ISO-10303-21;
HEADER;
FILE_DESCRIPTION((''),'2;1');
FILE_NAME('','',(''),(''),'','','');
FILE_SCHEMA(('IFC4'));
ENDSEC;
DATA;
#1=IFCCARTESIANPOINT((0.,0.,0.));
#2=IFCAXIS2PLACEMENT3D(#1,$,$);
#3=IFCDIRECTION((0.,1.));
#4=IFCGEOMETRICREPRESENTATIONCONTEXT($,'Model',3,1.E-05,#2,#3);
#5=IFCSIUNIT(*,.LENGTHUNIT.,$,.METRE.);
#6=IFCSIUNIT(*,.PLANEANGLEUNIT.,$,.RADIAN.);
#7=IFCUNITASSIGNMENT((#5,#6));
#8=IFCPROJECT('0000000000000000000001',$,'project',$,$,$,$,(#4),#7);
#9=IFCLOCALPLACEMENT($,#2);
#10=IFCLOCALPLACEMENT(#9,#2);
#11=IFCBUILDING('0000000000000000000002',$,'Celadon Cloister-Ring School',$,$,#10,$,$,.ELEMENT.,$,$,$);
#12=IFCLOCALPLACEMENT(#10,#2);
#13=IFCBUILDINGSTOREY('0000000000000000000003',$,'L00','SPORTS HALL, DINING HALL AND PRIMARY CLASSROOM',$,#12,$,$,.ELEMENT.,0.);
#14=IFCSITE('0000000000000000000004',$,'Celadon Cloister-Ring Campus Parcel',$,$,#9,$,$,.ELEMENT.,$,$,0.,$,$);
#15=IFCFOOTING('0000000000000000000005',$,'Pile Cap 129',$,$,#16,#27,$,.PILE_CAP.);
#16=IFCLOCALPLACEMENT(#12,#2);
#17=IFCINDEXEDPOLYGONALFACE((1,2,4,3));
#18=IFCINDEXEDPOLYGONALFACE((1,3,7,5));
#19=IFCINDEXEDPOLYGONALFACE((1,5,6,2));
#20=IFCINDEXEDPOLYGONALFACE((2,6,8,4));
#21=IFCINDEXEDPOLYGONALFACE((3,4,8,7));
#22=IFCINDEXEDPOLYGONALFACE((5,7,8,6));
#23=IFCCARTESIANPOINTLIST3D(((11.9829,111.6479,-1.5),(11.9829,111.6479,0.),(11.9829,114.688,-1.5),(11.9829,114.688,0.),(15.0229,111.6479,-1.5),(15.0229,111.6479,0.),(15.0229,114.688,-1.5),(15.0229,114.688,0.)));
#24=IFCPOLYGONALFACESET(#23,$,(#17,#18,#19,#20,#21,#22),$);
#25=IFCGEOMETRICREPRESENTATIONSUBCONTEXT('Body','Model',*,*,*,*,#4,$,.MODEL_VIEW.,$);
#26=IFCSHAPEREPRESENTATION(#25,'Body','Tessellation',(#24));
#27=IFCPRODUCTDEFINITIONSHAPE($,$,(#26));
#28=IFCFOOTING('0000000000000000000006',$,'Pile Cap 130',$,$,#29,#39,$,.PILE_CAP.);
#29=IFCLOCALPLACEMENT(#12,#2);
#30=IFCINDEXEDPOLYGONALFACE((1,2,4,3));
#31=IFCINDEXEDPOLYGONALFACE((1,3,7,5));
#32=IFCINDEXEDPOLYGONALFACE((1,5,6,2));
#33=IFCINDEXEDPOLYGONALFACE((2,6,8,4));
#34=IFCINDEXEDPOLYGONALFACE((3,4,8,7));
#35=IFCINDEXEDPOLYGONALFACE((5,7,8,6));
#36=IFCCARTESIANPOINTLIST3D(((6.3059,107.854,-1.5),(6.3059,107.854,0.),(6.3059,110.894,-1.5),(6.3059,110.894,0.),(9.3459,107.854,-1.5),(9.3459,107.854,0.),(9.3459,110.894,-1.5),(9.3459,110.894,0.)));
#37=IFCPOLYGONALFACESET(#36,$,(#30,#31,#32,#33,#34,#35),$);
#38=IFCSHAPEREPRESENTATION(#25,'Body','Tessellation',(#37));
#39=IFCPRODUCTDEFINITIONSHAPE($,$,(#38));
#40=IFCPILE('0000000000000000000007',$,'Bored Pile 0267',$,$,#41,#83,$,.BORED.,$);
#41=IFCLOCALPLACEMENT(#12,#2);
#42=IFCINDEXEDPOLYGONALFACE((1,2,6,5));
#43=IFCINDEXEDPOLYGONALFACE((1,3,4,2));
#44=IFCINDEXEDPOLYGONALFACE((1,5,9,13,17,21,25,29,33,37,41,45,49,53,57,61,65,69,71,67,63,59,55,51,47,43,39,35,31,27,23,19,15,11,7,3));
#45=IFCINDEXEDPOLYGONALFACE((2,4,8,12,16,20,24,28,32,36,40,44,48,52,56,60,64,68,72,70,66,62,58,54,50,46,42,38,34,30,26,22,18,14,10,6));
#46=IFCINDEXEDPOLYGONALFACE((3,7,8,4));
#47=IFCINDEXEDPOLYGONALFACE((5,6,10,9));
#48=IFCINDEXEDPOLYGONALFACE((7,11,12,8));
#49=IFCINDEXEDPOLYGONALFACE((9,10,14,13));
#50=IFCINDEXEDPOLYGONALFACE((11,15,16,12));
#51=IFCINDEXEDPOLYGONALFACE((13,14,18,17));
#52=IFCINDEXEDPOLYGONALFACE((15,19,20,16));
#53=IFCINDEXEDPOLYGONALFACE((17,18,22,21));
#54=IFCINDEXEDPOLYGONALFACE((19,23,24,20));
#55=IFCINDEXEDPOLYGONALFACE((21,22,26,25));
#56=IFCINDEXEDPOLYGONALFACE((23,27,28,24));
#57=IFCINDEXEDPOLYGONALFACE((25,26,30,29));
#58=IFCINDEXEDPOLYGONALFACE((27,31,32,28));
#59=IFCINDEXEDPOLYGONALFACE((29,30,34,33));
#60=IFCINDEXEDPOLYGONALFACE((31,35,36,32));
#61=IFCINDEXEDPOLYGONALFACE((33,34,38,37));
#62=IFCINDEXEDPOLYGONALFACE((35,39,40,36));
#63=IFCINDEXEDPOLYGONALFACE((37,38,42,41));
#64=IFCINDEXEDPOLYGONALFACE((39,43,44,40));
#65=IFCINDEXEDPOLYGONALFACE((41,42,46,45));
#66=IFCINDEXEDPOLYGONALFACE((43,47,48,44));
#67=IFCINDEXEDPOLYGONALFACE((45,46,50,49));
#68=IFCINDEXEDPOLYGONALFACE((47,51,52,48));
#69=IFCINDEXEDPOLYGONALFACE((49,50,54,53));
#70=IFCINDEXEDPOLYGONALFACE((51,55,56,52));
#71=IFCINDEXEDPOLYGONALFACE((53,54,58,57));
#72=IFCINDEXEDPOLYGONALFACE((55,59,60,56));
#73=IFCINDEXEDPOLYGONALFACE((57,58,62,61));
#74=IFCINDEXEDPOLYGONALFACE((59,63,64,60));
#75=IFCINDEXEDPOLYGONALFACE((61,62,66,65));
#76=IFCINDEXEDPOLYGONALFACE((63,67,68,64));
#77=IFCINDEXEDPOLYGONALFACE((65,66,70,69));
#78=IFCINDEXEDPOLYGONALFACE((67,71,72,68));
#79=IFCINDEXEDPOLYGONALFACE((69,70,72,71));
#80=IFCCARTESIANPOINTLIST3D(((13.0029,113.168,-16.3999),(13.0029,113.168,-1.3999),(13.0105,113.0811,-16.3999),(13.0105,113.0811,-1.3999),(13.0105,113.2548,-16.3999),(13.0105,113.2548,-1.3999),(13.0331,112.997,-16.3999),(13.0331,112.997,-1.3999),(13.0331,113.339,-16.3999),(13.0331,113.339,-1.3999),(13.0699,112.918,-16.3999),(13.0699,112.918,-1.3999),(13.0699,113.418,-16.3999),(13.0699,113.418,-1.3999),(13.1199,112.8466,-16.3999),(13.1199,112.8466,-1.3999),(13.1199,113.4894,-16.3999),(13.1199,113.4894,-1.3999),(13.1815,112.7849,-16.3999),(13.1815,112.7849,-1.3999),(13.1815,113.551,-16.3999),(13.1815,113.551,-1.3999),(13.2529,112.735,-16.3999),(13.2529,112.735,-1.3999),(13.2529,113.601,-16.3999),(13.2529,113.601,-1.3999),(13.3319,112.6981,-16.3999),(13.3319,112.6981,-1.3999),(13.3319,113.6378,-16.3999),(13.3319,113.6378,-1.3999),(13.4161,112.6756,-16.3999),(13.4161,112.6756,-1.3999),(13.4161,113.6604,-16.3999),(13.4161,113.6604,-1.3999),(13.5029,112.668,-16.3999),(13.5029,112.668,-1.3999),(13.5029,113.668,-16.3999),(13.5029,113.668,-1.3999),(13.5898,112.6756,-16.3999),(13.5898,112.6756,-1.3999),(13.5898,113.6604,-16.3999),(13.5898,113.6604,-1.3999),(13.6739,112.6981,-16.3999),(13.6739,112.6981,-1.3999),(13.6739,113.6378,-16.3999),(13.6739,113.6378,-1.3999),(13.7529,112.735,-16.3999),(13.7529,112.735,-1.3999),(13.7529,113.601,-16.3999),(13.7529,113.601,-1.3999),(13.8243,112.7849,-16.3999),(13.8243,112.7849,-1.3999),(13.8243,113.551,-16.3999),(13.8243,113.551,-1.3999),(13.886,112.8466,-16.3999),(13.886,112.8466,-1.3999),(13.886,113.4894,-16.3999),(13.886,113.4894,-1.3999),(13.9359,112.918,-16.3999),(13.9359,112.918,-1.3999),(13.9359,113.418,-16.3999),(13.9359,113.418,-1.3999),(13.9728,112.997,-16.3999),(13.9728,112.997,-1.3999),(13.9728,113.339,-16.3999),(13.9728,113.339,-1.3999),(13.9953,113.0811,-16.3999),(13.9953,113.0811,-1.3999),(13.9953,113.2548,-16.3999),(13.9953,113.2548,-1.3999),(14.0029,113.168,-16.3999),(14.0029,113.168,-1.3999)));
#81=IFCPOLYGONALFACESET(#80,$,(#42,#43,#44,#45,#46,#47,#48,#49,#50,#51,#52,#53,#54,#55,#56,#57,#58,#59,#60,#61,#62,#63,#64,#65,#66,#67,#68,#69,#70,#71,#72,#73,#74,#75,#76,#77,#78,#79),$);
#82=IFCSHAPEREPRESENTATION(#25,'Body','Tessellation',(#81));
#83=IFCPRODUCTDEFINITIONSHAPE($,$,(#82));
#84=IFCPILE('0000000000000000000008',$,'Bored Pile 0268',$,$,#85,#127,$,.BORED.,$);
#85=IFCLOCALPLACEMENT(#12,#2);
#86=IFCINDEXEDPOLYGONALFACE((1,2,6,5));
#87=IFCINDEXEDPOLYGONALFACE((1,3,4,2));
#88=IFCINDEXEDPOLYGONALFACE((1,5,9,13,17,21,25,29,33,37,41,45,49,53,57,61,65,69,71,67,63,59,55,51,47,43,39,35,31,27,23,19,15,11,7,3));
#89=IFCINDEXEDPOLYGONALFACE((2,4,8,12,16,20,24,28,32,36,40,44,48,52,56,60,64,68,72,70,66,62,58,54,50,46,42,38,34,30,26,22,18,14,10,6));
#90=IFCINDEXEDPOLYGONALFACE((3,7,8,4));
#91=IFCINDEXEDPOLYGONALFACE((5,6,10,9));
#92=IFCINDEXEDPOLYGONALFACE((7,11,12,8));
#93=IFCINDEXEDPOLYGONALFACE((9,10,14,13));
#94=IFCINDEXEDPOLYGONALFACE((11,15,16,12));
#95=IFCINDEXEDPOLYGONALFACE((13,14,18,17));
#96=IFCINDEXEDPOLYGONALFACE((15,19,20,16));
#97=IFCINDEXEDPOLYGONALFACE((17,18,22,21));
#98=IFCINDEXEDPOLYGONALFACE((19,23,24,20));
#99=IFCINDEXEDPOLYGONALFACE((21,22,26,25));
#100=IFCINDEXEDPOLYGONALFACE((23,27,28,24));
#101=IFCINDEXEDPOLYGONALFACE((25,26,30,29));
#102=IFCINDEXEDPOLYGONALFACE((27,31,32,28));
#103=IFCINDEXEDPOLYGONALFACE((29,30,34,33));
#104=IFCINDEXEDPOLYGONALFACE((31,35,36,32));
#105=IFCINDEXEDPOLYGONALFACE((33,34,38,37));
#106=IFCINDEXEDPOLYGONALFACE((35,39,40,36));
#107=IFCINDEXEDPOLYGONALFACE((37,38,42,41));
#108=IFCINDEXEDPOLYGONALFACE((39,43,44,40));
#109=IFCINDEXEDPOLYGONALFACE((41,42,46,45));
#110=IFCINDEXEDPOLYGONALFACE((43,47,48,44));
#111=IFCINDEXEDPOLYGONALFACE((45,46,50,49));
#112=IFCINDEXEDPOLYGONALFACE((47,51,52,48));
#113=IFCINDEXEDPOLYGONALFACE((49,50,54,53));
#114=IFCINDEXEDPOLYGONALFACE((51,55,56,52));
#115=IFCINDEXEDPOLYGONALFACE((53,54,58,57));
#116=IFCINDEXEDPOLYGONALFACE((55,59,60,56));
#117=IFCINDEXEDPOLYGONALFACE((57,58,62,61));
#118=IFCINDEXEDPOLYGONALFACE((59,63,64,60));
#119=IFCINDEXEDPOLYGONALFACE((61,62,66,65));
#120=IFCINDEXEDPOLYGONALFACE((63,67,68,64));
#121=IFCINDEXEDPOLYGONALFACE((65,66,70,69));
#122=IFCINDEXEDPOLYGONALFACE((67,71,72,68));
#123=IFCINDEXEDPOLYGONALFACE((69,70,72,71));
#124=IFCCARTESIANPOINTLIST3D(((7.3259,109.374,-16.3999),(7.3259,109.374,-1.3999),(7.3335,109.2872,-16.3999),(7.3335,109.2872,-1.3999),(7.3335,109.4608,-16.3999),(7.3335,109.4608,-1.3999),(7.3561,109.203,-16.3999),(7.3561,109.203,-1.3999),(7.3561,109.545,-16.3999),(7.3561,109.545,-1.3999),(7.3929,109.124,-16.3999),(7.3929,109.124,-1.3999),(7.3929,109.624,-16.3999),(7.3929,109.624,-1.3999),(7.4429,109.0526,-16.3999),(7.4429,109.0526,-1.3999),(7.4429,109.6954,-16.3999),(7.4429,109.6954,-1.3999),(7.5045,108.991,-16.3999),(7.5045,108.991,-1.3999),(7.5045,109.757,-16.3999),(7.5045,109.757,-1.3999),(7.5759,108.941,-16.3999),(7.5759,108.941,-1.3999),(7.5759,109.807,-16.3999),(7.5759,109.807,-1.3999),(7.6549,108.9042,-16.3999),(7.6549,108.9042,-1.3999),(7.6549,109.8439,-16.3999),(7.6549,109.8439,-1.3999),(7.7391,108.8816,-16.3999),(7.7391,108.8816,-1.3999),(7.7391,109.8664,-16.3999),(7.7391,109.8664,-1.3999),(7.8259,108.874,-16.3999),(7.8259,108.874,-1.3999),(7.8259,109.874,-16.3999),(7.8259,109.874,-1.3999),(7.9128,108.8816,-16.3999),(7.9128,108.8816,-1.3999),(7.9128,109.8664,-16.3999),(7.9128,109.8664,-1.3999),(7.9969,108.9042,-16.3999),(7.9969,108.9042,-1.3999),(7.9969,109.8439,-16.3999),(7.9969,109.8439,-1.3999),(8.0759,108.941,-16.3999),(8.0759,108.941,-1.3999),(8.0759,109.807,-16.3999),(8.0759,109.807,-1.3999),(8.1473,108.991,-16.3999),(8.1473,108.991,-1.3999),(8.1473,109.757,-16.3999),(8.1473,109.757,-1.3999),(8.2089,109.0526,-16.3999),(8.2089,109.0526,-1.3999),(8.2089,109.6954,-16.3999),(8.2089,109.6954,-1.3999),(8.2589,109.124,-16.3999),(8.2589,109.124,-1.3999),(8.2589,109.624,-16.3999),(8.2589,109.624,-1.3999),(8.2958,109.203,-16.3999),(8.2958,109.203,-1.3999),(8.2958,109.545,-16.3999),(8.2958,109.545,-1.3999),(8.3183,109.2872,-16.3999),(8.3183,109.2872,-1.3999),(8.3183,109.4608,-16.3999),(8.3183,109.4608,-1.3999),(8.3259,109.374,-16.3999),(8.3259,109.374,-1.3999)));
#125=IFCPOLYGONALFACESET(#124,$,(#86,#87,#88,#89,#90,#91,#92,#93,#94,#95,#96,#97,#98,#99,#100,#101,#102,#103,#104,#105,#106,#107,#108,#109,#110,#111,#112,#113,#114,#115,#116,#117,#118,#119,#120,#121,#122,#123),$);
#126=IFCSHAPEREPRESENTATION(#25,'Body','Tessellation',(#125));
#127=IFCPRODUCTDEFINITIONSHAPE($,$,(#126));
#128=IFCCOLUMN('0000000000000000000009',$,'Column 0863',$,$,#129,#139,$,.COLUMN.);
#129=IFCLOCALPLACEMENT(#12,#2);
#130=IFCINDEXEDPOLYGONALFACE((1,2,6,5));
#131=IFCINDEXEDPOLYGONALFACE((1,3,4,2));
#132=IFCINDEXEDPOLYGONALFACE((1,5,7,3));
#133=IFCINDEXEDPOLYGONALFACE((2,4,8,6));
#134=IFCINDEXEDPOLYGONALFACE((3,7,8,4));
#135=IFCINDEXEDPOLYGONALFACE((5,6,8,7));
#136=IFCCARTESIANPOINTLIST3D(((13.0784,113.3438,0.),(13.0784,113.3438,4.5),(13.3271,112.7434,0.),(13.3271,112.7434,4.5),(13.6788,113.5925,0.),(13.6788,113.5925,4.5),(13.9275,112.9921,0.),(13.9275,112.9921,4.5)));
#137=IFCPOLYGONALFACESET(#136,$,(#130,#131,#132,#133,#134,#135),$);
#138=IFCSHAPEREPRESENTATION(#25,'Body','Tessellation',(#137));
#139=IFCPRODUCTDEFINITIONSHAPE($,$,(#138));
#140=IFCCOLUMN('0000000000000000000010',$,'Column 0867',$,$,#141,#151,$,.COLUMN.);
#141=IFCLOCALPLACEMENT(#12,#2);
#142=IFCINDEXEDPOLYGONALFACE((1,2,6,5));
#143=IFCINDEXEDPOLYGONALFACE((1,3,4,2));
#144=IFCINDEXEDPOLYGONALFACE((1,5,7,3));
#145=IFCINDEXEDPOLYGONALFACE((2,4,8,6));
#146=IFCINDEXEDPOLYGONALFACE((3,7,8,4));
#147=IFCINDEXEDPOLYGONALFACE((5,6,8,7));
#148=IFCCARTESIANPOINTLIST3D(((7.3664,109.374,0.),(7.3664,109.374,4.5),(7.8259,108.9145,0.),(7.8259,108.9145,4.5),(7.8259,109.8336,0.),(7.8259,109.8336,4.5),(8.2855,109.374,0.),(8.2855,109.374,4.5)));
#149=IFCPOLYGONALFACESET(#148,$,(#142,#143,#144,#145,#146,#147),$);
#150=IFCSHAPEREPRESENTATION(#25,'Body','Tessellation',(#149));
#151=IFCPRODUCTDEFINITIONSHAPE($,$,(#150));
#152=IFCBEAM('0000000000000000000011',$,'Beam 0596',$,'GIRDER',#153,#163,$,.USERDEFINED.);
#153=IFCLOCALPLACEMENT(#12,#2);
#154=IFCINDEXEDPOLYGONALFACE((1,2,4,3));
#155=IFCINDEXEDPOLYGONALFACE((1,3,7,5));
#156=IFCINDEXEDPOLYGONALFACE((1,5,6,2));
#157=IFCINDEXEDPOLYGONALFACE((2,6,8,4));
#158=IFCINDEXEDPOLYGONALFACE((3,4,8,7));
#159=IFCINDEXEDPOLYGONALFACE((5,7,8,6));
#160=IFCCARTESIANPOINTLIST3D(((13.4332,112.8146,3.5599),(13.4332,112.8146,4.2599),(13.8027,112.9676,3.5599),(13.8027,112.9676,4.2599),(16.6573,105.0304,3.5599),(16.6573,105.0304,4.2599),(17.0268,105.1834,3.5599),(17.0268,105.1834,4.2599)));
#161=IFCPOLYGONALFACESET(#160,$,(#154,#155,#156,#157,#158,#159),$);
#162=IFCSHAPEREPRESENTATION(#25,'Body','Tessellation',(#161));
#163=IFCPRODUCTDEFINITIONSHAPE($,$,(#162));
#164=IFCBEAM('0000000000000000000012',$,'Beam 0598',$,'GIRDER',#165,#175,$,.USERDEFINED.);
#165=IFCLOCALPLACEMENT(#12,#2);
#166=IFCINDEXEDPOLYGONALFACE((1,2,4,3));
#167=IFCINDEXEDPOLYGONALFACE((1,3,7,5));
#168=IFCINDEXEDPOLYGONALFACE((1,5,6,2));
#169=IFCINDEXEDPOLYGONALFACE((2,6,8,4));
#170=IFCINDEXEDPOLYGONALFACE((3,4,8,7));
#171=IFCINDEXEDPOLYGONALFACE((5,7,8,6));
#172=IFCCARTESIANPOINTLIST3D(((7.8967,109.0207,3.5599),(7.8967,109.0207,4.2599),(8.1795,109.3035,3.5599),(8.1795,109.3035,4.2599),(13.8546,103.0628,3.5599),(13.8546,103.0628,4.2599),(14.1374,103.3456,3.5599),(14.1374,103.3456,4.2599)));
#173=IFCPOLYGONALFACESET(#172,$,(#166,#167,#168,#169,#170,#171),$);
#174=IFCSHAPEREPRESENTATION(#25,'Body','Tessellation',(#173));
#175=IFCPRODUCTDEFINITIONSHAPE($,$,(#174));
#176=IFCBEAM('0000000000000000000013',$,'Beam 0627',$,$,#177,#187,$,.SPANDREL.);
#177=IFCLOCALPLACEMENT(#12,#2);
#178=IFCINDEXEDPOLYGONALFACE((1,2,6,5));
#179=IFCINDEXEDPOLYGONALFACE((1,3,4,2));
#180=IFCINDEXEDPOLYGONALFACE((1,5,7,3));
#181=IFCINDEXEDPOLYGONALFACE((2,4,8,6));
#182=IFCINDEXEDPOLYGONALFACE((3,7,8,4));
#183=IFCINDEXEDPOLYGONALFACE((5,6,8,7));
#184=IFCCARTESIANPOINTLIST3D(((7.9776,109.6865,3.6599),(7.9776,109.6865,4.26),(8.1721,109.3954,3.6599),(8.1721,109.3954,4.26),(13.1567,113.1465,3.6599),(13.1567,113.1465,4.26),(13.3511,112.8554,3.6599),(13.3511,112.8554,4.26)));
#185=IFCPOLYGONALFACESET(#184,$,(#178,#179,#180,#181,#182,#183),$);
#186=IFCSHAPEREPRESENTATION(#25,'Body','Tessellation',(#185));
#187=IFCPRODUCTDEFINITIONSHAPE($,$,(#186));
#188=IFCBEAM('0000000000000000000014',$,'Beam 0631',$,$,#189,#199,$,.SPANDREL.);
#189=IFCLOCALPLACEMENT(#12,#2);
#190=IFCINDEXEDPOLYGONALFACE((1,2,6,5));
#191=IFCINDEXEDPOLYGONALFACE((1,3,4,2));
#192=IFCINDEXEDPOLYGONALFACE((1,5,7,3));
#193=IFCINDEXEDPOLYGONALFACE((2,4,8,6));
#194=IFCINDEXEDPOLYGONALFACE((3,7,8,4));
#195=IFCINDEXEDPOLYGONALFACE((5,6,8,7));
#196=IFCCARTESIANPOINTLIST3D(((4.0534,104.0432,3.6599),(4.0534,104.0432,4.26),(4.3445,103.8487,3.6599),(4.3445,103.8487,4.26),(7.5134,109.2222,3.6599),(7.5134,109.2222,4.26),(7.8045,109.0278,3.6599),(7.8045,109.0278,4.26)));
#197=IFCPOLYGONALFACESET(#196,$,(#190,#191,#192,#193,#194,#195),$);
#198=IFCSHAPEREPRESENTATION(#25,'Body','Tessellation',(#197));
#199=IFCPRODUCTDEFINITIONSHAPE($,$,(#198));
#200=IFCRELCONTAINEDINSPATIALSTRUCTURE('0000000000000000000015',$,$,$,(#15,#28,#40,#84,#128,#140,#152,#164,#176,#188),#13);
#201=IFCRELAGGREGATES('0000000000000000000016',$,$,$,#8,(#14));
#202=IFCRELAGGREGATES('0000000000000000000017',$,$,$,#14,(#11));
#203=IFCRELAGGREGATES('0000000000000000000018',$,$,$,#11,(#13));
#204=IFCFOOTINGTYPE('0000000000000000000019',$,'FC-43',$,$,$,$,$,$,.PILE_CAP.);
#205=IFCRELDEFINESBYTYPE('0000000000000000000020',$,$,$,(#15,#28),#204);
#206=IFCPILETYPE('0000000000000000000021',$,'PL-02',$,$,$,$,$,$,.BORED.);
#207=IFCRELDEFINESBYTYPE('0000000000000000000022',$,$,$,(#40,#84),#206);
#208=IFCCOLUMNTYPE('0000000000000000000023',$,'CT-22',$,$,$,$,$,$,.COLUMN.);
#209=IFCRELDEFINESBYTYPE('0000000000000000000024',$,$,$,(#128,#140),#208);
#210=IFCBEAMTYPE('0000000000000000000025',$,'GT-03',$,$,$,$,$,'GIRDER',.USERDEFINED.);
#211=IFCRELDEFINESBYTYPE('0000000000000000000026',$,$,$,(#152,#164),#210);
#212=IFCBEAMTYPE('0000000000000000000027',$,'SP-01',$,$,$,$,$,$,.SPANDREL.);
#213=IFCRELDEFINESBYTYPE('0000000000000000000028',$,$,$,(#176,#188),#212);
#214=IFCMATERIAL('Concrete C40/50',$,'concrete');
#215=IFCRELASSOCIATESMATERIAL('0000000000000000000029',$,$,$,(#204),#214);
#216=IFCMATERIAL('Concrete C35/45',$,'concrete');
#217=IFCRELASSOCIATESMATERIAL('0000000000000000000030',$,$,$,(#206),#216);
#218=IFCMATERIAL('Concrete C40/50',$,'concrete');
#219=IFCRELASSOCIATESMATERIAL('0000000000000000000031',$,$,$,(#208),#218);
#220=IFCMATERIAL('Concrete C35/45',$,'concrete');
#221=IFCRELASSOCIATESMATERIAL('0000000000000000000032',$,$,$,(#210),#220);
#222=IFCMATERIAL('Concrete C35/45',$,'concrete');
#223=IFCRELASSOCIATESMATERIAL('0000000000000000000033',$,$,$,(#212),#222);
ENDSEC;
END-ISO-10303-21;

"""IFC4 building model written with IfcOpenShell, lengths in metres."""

from ifc_helpers import new_model, si_unit, direction, frame, origin, origin_2d, place, context, subcontext, project, spatial, rectangle, circle, extrude, material, material_profile, profile_set, type_object, element, save


model = new_model("IFC4")

# Units and contexts
model_context = context("Model", 3, precision=1e-05, world=origin(), true_north=direction((0.0, 1.0)))
body_context = subcontext(model_context, "Body", "Model", "MODEL_VIEW")
ifc_project = project(units=[si_unit("LENGTHUNIT", "METRE"), si_unit("PLANEANGLEUNIT", "RADIAN")], contexts=[model_context])

# Site, building, storey
site_placement = place(None, origin())
site = spatial("IfcSite", under=ifc_project, at=site_placement, Name="Celadon Cloister-Ring Campus Parcel", CompositionType="ELEMENT", RefElevation=0.0)
building_placement = place(site_placement, origin())
building = spatial("IfcBuilding", under=site, at=building_placement, Name="Celadon Cloister-Ring School", CompositionType="ELEMENT")
storey_placement = place(building_placement, origin())
storey = spatial("IfcBuildingStorey", under=building, at=storey_placement, Name="L00", Description="SPORTS HALL, DINING HALL AND PRIMARY CLASSROOM", CompositionType="ELEMENT", Elevation=0.0)

# Footings
ifc_material_1 = material(Name="Concrete C40/50", Category="concrete")
footing_type = type_object("IfcFootingType", Name="FC-43", PredefinedType="PILE_CAP", material=ifc_material_1)
for number, where, z_axis, x_axis, name in (
    (1, (13.5029, 113.168, -1.5), (0.0, 0.0, 1.0), (1.0, 0.0, 0.0), "Pile Cap 129"),
    (2, (7.8259, 109.374, -1.5), (0.0, 0.0, 1.0), (1.0, 0.0, 0.0), "Pile Cap 130"),
):
    element("IfcFooting", number, at=place(storey_placement, frame(where, z_axis=z_axis, x_axis=x_axis)), inside=storey, type_object=footing_type, Name=name, PredefinedType="PILE_CAP", context=body_context, shape_type="SweptSolid", body=[
        extrude(rectangle(XDim=3.04, YDim=3.04, at=origin_2d()), origin(), (0.0, 0.0, 1.0), 1.5),
    ])

# Piles
ifc_material_2 = material(Name="Concrete C35/45", Category="concrete")
ifc_material_profile_1 = material_profile(ifc_material_2, circle(Radius=0.5, at=origin_2d()), Name="PILE1000")
ifc_profile_set_1 = profile_set([ifc_material_profile_1], Name="Concrete C35/45")
pile_type = type_object("IfcPileType", Name="PL-02", PredefinedType="BORED", material=ifc_profile_set_1)
for number, where, z_axis, x_axis, name in (
    (3, (13.5029, 113.168, -1.3999), (0.0, 0.0, -1.0), (1.0, 0.0, 0.0), "Bored Pile 0267"),
    (4, (7.8259, 109.374, -1.3999), (0.0, 0.0, -1.0), (1.0, 0.0, 0.0), "Bored Pile 0268"),
):
    element("IfcPile", number, at=place(storey_placement, frame(where, z_axis=z_axis, x_axis=x_axis)), inside=storey, type_object=pile_type, Name=name, PredefinedType="BORED", context=body_context, shape_type="SweptSolid", body=[
        extrude(circle(Radius=0.5, at=origin_2d()), origin(), (0.0, 0.0, 1.0), 15.0),
    ])

# Columns
ifc_material_3 = material(Name="Concrete C40/50", Category="concrete")
ifc_material_profile_2 = material_profile(ifc_material_3, rectangle(XDim=0.6499, YDim=0.6499, at=origin_2d()), Name="RC650X650")
ifc_profile_set_2 = profile_set([ifc_material_profile_2], Name="Concrete C40/50")
column_type = type_object("IfcColumnType", Name="CT-22", PredefinedType="COLUMN", material=ifc_profile_set_2)
for number, where, z_axis, x_axis, name in (
    (5, (13.5029, 113.168, 0.0), (0.0, 0.0, 1.0), (-0.382683, 0.92388, 0.0), "Column 0863"),
    (6, (7.8259, 109.374, 0.0), (0.0, 0.0, 1.0), (-0.707107, 0.707107, 0.0), "Column 0867"),
):
    element("IfcColumn", number, at=place(storey_placement, frame(where, z_axis=z_axis, x_axis=x_axis)), inside=storey, type_object=column_type, Name=name, PredefinedType="COLUMN", context=body_context, shape_type="SweptSolid", body=[
        extrude(rectangle(XDim=0.6499, YDim=0.6499, at=origin_2d()), origin(), (0.0, 0.0, 1.0), 4.5),
    ])

# Beams
ifc_material_4 = material(Name="Concrete C35/45", Category="concrete")
ifc_material_profile_3 = material_profile(ifc_material_4, rectangle(XDim=0.3999, YDim=0.7, at=origin_2d()), Name="RC400X700")
ifc_profile_set_3 = profile_set([ifc_material_profile_3], Name="Concrete C35/45")
beam_type_1 = type_object("IfcBeamType", Name="GT-03", ElementType="GIRDER", PredefinedType="USERDEFINED", material=ifc_profile_set_3)
beam_1_placement = place(storey_placement, frame((13.6179, 112.8911, 3.9099), z_axis=(0.382664, -0.923888, 0.0), x_axis=(0.923888, 0.382664, 0.0)))
element("IfcBeam", 7, at=beam_1_placement, inside=storey, type_object=beam_type_1, Name="Beam 0596", ObjectType="GIRDER", PredefinedType="USERDEFINED", context=body_context, shape_type="SweptSolid", body=[
    extrude(rectangle(XDim=0.3999, YDim=0.7, at=origin_2d()), origin(), (0.0, 0.0, 1.0), 8.4255),
])
beam_2_placement = place(storey_placement, frame((8.0381, 109.1621, 3.9099), z_axis=(0.707107, -0.707107, 0.0), x_axis=(0.707107, 0.707107, 0.0)))
element("IfcBeam", 8, at=beam_2_placement, inside=storey, type_object=beam_type_1, Name="Beam 0598", ObjectType="GIRDER", PredefinedType="USERDEFINED", context=body_context, shape_type="SweptSolid", body=[
    extrude(rectangle(XDim=0.3999, YDim=0.7, at=origin_2d()), origin(), (0.0, 0.0, 1.0), 8.4258),
])
ifc_material_5 = material(Name="Concrete C35/45", Category="concrete")
ifc_material_profile_4 = material_profile(ifc_material_5, rectangle(XDim=0.3501, YDim=0.6001, at=origin_2d()), Name="RC350X600")
ifc_profile_set_4 = profile_set([ifc_material_profile_4], Name="Concrete C35/45")
beam_type_2 = type_object("IfcBeamType", Name="SP-01", PredefinedType="SPANDREL", material=ifc_profile_set_4)
for number, where, z_axis, x_axis, name in (
    (9, (13.2539, 113.001, 3.96), (-0.831507, -0.555514, 0.0), (0.555514, -0.831507, 0.0), "Beam 0627"),
    (10, (7.6589, 109.125, 3.96), (-0.555514, -0.831507, 0.0), (0.831507, -0.555514, 0.0), "Beam 0631"),
):
    element("IfcBeam", number, at=place(storey_placement, frame(where, z_axis=z_axis, x_axis=x_axis)), inside=storey, type_object=beam_type_2, Name=name, PredefinedType="SPANDREL", context=body_context, shape_type="SweptSolid", body=[
        extrude(rectangle(XDim=0.3501, YDim=0.6001, at=origin_2d()), origin(), (0.0, 0.0, 1.0), 6.2285),
    ])

save(model, "model.ifc")
